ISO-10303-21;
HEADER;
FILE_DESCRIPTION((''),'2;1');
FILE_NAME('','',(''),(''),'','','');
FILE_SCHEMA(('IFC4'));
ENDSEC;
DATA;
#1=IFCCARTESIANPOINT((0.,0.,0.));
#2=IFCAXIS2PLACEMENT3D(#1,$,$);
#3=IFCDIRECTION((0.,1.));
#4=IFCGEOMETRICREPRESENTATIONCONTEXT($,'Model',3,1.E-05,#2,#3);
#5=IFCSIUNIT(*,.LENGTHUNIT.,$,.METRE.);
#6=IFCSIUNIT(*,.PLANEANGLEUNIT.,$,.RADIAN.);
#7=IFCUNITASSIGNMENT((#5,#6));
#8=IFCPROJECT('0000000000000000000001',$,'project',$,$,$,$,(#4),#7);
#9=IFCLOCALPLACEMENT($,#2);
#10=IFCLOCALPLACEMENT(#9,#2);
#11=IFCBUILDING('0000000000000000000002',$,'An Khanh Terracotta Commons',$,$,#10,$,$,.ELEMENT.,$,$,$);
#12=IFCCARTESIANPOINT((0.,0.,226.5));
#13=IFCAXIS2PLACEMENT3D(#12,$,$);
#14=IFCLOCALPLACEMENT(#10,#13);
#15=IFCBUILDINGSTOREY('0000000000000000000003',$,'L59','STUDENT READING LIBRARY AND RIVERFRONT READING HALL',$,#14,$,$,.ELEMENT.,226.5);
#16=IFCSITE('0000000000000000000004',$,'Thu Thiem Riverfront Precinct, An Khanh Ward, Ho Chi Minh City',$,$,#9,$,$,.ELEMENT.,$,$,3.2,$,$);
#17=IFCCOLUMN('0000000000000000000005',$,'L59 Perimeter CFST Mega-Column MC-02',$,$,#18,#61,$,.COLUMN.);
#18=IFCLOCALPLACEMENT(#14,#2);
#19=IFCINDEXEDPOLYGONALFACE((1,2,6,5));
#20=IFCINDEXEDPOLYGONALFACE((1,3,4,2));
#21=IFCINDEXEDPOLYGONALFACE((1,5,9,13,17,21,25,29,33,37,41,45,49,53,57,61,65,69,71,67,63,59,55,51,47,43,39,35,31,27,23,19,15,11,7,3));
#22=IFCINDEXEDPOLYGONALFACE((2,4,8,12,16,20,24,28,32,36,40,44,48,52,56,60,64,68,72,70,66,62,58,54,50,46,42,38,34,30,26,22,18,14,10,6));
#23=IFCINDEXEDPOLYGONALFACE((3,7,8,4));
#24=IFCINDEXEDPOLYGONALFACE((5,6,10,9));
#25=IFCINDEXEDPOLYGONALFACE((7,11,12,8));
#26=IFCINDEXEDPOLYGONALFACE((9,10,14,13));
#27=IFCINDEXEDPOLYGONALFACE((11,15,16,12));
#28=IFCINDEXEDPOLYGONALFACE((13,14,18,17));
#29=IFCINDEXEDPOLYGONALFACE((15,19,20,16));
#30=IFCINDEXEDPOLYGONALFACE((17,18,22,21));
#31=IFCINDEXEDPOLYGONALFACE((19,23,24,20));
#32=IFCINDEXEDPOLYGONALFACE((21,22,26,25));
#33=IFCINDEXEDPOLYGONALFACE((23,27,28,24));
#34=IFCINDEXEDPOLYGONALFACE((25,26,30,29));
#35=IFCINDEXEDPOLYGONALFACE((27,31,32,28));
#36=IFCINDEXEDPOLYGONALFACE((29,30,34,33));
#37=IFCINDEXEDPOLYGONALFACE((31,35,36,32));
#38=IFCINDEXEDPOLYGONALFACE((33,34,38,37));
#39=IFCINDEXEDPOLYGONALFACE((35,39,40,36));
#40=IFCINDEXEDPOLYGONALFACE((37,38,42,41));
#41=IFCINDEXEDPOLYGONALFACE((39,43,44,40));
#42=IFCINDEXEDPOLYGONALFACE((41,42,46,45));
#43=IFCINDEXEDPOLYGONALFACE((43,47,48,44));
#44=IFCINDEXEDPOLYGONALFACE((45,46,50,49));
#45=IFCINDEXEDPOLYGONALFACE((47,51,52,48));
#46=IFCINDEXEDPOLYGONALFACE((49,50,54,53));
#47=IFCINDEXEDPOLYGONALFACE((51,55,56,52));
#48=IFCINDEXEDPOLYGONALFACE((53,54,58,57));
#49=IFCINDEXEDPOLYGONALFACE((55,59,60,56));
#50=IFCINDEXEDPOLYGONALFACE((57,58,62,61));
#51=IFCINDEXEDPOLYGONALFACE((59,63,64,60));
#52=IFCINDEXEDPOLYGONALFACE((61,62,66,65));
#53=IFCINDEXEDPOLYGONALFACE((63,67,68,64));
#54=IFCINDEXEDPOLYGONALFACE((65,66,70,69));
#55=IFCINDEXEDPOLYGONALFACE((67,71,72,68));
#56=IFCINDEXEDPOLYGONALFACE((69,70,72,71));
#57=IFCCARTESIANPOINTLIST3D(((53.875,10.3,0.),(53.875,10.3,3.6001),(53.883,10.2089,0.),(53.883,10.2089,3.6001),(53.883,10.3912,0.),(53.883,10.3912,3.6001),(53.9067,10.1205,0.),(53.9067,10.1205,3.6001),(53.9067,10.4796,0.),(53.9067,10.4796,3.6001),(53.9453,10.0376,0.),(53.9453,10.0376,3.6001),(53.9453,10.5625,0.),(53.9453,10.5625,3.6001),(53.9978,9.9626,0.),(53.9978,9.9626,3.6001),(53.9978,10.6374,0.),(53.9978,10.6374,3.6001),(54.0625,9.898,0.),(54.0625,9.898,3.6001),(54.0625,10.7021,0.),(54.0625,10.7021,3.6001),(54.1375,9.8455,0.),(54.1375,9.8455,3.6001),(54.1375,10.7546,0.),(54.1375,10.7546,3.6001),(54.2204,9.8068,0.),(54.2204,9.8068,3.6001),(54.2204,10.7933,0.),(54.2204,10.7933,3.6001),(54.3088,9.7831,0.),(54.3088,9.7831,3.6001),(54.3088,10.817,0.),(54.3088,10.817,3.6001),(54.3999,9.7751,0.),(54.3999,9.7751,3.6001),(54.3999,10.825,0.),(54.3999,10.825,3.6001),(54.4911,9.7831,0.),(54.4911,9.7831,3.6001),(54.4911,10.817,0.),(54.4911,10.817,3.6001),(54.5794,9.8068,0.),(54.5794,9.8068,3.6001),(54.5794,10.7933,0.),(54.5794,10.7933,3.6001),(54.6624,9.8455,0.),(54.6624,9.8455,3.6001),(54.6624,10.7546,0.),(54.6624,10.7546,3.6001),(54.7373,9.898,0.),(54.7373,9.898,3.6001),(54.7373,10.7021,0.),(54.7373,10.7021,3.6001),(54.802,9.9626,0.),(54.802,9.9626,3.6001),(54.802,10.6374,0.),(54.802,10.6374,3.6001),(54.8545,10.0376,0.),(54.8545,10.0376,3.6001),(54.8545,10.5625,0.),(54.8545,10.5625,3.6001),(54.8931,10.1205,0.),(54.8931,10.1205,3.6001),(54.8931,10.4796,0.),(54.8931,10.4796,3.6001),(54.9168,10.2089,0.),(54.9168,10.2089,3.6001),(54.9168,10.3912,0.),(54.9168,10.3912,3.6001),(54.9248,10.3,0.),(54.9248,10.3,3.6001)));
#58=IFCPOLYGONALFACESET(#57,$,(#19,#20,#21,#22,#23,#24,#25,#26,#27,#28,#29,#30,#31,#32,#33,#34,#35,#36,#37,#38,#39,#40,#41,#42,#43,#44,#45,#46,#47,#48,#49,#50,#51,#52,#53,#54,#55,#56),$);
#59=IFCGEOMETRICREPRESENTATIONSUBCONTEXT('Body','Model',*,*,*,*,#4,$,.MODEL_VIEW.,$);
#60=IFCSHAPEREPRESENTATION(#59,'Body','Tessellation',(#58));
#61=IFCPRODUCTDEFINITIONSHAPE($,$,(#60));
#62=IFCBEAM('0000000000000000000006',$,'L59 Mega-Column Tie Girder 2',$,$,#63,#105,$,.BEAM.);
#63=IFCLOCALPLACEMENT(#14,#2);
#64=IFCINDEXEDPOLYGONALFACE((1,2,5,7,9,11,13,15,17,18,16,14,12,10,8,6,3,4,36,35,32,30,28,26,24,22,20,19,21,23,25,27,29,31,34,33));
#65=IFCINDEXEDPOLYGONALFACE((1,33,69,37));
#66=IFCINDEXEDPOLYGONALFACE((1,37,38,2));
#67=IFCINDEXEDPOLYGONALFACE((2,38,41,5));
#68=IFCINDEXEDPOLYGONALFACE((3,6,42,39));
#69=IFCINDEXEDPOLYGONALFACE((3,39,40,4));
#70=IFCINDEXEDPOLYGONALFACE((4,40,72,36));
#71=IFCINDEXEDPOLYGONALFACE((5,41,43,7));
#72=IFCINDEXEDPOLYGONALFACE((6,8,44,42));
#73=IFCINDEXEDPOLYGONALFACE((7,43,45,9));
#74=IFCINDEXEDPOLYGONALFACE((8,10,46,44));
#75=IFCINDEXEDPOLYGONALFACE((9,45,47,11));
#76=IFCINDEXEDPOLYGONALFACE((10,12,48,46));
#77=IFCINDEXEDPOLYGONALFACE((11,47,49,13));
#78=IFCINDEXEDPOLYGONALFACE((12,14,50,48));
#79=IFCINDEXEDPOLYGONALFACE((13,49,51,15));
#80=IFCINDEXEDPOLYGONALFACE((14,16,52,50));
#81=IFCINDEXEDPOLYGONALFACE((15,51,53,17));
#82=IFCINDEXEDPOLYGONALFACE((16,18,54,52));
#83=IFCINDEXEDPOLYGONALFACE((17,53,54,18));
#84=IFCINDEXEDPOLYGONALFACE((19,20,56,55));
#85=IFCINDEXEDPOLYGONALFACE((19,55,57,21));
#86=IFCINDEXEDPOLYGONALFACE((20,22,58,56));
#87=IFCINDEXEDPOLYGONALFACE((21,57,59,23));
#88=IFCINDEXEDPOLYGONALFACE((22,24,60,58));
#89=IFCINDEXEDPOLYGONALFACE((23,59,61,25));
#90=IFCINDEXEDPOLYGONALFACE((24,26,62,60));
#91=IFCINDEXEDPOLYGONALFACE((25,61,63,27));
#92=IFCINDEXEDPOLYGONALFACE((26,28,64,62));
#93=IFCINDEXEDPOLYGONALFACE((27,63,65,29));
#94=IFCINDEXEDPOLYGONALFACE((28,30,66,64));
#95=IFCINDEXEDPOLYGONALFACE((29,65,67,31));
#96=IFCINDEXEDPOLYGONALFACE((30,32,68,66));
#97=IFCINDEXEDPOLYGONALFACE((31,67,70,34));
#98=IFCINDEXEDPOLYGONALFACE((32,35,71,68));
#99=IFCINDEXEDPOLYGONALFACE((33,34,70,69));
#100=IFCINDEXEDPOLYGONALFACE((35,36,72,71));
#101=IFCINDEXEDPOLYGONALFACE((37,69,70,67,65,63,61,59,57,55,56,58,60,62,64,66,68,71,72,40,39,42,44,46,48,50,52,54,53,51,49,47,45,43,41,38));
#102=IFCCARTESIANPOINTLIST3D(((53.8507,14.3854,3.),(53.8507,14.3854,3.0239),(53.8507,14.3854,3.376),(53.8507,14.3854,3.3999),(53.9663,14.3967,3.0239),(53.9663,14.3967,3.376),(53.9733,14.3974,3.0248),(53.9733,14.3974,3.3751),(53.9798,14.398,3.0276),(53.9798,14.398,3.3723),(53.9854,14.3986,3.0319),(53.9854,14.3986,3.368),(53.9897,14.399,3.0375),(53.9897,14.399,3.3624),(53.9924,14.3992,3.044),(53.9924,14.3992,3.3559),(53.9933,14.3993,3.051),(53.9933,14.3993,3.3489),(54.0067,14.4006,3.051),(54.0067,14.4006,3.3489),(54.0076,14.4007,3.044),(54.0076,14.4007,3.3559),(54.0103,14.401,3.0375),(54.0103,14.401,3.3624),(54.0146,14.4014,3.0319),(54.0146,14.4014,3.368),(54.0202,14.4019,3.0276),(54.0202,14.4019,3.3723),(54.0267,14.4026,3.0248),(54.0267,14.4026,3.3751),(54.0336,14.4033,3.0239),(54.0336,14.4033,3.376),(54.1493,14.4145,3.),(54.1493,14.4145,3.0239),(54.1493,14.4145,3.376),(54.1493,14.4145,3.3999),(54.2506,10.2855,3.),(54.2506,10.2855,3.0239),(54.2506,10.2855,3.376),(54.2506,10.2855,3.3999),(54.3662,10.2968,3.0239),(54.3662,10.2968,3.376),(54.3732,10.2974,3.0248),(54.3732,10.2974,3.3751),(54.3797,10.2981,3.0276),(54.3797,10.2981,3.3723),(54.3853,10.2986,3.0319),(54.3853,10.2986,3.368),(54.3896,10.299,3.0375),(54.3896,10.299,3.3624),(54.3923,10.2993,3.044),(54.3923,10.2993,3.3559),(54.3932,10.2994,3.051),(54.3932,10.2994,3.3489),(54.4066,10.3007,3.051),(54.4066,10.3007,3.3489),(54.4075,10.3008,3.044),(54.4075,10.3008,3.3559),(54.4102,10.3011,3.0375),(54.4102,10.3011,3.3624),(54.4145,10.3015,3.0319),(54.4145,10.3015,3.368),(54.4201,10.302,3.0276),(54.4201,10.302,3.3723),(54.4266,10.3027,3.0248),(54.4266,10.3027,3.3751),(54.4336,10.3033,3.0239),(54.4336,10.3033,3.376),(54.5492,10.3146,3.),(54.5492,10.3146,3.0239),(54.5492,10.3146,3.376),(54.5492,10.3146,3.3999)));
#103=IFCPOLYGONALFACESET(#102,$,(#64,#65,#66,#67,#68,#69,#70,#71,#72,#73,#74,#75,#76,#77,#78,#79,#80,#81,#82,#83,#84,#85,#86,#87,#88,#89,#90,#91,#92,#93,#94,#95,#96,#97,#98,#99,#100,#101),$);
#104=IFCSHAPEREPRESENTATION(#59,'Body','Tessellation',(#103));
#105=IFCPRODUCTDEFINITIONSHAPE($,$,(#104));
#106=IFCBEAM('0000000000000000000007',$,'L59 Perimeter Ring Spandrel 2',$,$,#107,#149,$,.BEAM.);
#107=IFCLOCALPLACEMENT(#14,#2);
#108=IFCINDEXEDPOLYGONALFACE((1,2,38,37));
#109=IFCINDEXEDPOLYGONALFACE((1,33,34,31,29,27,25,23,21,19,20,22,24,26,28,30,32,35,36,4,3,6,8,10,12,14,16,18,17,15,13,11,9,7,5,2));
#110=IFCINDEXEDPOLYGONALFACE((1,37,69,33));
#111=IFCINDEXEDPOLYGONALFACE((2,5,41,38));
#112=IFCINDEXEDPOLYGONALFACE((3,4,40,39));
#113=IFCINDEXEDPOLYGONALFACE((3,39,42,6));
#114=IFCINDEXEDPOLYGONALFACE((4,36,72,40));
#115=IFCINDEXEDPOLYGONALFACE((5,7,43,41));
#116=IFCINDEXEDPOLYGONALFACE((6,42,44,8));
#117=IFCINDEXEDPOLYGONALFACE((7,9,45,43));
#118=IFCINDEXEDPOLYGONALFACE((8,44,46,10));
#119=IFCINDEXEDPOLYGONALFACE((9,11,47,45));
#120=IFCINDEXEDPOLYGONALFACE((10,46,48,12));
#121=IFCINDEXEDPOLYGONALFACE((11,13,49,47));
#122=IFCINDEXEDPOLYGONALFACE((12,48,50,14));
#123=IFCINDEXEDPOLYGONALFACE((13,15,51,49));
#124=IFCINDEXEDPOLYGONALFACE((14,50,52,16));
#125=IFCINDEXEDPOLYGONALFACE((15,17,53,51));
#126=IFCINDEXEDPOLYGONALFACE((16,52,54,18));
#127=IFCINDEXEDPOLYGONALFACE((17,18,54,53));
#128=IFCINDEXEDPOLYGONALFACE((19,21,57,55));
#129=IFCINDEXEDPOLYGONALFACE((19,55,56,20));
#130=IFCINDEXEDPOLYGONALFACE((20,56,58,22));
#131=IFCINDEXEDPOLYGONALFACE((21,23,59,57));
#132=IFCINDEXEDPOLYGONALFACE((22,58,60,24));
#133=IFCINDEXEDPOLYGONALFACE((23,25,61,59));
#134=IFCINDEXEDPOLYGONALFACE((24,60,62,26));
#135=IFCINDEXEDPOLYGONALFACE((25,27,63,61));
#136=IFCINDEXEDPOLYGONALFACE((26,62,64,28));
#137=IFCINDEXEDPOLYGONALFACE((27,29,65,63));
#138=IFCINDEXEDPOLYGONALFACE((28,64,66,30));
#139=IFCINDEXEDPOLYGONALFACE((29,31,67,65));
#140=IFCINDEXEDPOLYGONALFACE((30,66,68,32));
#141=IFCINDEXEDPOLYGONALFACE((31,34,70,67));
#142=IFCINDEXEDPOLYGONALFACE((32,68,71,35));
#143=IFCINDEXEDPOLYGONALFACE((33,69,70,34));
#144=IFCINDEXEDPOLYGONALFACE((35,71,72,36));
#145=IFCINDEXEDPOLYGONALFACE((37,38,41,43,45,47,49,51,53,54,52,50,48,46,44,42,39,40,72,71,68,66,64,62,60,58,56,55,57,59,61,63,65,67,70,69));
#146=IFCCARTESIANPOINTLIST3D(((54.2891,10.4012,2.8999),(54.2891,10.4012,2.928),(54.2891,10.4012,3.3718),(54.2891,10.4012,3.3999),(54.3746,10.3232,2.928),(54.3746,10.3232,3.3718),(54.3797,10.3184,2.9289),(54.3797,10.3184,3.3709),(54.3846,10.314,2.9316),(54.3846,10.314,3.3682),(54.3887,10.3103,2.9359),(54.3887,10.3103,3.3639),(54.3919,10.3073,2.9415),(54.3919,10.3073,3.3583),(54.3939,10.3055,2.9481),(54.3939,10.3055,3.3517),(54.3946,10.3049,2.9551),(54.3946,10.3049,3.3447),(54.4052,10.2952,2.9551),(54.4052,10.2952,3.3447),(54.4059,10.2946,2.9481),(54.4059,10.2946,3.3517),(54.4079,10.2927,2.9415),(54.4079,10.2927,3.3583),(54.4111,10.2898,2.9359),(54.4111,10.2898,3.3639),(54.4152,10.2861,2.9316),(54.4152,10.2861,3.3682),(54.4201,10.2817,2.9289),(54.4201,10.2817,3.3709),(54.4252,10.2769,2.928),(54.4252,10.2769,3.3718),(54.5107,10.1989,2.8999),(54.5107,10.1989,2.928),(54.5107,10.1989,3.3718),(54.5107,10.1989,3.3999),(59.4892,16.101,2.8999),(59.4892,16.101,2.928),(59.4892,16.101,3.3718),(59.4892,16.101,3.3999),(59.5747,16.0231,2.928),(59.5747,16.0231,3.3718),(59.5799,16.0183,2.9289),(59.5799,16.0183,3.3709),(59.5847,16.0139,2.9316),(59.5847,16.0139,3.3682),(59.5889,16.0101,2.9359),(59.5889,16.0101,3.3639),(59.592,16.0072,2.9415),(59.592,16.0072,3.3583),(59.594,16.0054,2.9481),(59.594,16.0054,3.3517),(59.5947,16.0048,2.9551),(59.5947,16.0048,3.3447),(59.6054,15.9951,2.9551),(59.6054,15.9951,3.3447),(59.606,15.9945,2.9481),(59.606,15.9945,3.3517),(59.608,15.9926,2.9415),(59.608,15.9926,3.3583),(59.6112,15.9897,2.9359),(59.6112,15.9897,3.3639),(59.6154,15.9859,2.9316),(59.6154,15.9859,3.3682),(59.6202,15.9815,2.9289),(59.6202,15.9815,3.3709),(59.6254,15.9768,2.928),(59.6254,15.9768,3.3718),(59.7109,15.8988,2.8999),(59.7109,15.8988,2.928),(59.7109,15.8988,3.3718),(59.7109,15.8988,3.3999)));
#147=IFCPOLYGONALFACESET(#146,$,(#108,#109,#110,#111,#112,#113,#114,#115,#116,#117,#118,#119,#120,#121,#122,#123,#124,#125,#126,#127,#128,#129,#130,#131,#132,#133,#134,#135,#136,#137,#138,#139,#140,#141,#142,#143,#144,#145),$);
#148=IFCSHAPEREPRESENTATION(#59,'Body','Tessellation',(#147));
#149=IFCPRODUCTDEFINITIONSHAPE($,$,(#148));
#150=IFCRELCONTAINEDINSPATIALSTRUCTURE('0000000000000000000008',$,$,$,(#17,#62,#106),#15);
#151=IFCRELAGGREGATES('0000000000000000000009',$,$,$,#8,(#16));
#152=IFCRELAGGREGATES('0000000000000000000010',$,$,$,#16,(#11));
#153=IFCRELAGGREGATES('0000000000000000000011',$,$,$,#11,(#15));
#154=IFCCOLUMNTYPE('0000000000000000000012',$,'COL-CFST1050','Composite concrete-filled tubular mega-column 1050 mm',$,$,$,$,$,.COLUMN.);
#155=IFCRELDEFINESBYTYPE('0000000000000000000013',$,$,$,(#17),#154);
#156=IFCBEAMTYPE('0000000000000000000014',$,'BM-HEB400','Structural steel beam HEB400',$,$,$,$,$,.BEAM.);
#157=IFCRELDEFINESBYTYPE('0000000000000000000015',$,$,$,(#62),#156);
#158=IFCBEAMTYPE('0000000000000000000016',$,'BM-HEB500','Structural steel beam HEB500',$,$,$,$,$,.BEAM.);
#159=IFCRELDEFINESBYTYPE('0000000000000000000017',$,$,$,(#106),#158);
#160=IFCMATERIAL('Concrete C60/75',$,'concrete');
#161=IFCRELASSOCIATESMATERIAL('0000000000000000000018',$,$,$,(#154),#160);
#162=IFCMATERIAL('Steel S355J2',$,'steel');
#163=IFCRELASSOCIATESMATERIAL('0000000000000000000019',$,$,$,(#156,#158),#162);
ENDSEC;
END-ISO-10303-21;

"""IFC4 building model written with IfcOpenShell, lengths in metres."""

from ifc_helpers import new_model, si_unit, direction, frame, origin, origin_2d, place, context, subcontext, project, spatial, circle, i_section, extrude, material, material_profile, profile_set, type_object, element, save


model = new_model("IFC4")

# Units and contexts
model_context = context("Model", 3, precision=1e-05, world=origin(), true_north=direction((0.0, 1.0)))
body_context = subcontext(model_context, "Body", "Model", "MODEL_VIEW")
ifc_project = project(units=[si_unit("LENGTHUNIT", "METRE"), si_unit("PLANEANGLEUNIT", "RADIAN")], contexts=[model_context])

# Site, building, storey
site_placement = place(None, origin())
site = spatial("IfcSite", under=ifc_project, at=site_placement, Name="Thu Thiem Riverfront Precinct, An Khanh Ward, Ho Chi Minh City", CompositionType="ELEMENT", RefElevation=3.2)
building_placement = place(site_placement, origin())
building = spatial("IfcBuilding", under=site, at=building_placement, Name="An Khanh Terracotta Commons", CompositionType="ELEMENT")
storey_placement = place(building_placement, frame((0.0, 0.0, 226.5)))
storey = spatial("IfcBuildingStorey", under=building, at=storey_placement, Name="L59", Description="STUDENT READING LIBRARY AND RIVERFRONT READING HALL", CompositionType="ELEMENT", Elevation=226.5)

# Column
ifc_material_1 = material(Name="Concrete C60/75", Category="concrete")
ifc_material_profile_1 = material_profile(ifc_material_1, circle(Radius=0.5249, at=origin_2d()), Name="CFST1050")
ifc_profile_set_1 = profile_set([ifc_material_profile_1], Name="Concrete C60/75")
column_type = type_object("IfcColumnType", Name="COL-CFST1050", Description="Composite concrete-filled tubular mega-column 1050 mm", PredefinedType="COLUMN", material=ifc_profile_set_1)
column_placement = place(storey_placement, frame((54.3999, 10.3, 0.0), z_axis=(0.0, 0.0, 1.0), x_axis=(1.0, 0.0, 0.0)))
element("IfcColumn", 1, at=column_placement, inside=storey, type_object=column_type, Name="L59 Perimeter CFST Mega-Column MC-02", PredefinedType="COLUMN", context=body_context, shape_type="SweptSolid", body=[
    extrude(circle(Radius=0.5249, at=origin_2d()), origin(), (0.0, 0.0, 1.0), 3.6001),
])

# Beams
ifc_material_2 = material(Name="Steel S355J2", Category="steel")
ifc_material_profile_2 = material_profile(ifc_material_2, i_section(OverallWidth=0.3, OverallDepth=0.3999, WebThickness=0.0134, FlangeThickness=0.0239, FilletRadius=0.0271, at=origin_2d()), Name="HEB400")
ifc_profile_set_2 = profile_set([ifc_material_profile_2], Name="Steel S355J2")
beam_type_1 = type_object("IfcBeamType", Name="BM-HEB400", Description="Structural steel beam HEB400", PredefinedType="BEAM", material=ifc_profile_set_2)
beam_1_placement = place(storey_placement, frame((54.3999, 10.3, 3.2), z_axis=(-0.09708, 0.995277, 0.0), x_axis=(-0.995277, -0.09708, 0.0)))
element("IfcBeam", 2, at=beam_1_placement, inside=storey, type_object=beam_type_1, Name="L59 Mega-Column Tie Girder 2", PredefinedType="BEAM", context=body_context, shape_type="SweptSolid", body=[
    extrude(i_section(OverallWidth=0.3, OverallDepth=0.3999, WebThickness=0.0134, FlangeThickness=0.0239, FilletRadius=0.0271, at=origin_2d()), origin(), (0.0, 0.0, 1.0), 4.1194),
])
ifc_material_profile_3 = material_profile(ifc_material_2, i_section(OverallWidth=0.3, OverallDepth=0.5, WebThickness=0.0144, FlangeThickness=0.0281, FilletRadius=0.0271, at=origin_2d()), Name="HEB500")
ifc_profile_set_3 = profile_set([ifc_material_profile_3], Name="Steel S355J2")
beam_type_2 = type_object("IfcBeamType", Name="BM-HEB500", Description="Structural steel beam HEB500", PredefinedType="BEAM", material=ifc_profile_set_3)
beam_2_placement = place(storey_placement, frame((54.3999, 10.3, 3.1499), z_axis=(0.673979, 0.738751, 0.0), x_axis=(-0.738751, 0.673979, 0.0)))
element("IfcBeam", 3, at=beam_2_placement, inside=storey, type_object=beam_type_2, Name="L59 Perimeter Ring Spandrel 2", PredefinedType="BEAM", context=body_context, shape_type="SweptSolid", body=[
    extrude(i_section(OverallWidth=0.3, OverallDepth=0.5, WebThickness=0.0144, FlangeThickness=0.0281, FilletRadius=0.0271, at=origin_2d()), origin(), (0.0, 0.0, 1.0), 7.7156),
])

save(model, "model.ifc")
